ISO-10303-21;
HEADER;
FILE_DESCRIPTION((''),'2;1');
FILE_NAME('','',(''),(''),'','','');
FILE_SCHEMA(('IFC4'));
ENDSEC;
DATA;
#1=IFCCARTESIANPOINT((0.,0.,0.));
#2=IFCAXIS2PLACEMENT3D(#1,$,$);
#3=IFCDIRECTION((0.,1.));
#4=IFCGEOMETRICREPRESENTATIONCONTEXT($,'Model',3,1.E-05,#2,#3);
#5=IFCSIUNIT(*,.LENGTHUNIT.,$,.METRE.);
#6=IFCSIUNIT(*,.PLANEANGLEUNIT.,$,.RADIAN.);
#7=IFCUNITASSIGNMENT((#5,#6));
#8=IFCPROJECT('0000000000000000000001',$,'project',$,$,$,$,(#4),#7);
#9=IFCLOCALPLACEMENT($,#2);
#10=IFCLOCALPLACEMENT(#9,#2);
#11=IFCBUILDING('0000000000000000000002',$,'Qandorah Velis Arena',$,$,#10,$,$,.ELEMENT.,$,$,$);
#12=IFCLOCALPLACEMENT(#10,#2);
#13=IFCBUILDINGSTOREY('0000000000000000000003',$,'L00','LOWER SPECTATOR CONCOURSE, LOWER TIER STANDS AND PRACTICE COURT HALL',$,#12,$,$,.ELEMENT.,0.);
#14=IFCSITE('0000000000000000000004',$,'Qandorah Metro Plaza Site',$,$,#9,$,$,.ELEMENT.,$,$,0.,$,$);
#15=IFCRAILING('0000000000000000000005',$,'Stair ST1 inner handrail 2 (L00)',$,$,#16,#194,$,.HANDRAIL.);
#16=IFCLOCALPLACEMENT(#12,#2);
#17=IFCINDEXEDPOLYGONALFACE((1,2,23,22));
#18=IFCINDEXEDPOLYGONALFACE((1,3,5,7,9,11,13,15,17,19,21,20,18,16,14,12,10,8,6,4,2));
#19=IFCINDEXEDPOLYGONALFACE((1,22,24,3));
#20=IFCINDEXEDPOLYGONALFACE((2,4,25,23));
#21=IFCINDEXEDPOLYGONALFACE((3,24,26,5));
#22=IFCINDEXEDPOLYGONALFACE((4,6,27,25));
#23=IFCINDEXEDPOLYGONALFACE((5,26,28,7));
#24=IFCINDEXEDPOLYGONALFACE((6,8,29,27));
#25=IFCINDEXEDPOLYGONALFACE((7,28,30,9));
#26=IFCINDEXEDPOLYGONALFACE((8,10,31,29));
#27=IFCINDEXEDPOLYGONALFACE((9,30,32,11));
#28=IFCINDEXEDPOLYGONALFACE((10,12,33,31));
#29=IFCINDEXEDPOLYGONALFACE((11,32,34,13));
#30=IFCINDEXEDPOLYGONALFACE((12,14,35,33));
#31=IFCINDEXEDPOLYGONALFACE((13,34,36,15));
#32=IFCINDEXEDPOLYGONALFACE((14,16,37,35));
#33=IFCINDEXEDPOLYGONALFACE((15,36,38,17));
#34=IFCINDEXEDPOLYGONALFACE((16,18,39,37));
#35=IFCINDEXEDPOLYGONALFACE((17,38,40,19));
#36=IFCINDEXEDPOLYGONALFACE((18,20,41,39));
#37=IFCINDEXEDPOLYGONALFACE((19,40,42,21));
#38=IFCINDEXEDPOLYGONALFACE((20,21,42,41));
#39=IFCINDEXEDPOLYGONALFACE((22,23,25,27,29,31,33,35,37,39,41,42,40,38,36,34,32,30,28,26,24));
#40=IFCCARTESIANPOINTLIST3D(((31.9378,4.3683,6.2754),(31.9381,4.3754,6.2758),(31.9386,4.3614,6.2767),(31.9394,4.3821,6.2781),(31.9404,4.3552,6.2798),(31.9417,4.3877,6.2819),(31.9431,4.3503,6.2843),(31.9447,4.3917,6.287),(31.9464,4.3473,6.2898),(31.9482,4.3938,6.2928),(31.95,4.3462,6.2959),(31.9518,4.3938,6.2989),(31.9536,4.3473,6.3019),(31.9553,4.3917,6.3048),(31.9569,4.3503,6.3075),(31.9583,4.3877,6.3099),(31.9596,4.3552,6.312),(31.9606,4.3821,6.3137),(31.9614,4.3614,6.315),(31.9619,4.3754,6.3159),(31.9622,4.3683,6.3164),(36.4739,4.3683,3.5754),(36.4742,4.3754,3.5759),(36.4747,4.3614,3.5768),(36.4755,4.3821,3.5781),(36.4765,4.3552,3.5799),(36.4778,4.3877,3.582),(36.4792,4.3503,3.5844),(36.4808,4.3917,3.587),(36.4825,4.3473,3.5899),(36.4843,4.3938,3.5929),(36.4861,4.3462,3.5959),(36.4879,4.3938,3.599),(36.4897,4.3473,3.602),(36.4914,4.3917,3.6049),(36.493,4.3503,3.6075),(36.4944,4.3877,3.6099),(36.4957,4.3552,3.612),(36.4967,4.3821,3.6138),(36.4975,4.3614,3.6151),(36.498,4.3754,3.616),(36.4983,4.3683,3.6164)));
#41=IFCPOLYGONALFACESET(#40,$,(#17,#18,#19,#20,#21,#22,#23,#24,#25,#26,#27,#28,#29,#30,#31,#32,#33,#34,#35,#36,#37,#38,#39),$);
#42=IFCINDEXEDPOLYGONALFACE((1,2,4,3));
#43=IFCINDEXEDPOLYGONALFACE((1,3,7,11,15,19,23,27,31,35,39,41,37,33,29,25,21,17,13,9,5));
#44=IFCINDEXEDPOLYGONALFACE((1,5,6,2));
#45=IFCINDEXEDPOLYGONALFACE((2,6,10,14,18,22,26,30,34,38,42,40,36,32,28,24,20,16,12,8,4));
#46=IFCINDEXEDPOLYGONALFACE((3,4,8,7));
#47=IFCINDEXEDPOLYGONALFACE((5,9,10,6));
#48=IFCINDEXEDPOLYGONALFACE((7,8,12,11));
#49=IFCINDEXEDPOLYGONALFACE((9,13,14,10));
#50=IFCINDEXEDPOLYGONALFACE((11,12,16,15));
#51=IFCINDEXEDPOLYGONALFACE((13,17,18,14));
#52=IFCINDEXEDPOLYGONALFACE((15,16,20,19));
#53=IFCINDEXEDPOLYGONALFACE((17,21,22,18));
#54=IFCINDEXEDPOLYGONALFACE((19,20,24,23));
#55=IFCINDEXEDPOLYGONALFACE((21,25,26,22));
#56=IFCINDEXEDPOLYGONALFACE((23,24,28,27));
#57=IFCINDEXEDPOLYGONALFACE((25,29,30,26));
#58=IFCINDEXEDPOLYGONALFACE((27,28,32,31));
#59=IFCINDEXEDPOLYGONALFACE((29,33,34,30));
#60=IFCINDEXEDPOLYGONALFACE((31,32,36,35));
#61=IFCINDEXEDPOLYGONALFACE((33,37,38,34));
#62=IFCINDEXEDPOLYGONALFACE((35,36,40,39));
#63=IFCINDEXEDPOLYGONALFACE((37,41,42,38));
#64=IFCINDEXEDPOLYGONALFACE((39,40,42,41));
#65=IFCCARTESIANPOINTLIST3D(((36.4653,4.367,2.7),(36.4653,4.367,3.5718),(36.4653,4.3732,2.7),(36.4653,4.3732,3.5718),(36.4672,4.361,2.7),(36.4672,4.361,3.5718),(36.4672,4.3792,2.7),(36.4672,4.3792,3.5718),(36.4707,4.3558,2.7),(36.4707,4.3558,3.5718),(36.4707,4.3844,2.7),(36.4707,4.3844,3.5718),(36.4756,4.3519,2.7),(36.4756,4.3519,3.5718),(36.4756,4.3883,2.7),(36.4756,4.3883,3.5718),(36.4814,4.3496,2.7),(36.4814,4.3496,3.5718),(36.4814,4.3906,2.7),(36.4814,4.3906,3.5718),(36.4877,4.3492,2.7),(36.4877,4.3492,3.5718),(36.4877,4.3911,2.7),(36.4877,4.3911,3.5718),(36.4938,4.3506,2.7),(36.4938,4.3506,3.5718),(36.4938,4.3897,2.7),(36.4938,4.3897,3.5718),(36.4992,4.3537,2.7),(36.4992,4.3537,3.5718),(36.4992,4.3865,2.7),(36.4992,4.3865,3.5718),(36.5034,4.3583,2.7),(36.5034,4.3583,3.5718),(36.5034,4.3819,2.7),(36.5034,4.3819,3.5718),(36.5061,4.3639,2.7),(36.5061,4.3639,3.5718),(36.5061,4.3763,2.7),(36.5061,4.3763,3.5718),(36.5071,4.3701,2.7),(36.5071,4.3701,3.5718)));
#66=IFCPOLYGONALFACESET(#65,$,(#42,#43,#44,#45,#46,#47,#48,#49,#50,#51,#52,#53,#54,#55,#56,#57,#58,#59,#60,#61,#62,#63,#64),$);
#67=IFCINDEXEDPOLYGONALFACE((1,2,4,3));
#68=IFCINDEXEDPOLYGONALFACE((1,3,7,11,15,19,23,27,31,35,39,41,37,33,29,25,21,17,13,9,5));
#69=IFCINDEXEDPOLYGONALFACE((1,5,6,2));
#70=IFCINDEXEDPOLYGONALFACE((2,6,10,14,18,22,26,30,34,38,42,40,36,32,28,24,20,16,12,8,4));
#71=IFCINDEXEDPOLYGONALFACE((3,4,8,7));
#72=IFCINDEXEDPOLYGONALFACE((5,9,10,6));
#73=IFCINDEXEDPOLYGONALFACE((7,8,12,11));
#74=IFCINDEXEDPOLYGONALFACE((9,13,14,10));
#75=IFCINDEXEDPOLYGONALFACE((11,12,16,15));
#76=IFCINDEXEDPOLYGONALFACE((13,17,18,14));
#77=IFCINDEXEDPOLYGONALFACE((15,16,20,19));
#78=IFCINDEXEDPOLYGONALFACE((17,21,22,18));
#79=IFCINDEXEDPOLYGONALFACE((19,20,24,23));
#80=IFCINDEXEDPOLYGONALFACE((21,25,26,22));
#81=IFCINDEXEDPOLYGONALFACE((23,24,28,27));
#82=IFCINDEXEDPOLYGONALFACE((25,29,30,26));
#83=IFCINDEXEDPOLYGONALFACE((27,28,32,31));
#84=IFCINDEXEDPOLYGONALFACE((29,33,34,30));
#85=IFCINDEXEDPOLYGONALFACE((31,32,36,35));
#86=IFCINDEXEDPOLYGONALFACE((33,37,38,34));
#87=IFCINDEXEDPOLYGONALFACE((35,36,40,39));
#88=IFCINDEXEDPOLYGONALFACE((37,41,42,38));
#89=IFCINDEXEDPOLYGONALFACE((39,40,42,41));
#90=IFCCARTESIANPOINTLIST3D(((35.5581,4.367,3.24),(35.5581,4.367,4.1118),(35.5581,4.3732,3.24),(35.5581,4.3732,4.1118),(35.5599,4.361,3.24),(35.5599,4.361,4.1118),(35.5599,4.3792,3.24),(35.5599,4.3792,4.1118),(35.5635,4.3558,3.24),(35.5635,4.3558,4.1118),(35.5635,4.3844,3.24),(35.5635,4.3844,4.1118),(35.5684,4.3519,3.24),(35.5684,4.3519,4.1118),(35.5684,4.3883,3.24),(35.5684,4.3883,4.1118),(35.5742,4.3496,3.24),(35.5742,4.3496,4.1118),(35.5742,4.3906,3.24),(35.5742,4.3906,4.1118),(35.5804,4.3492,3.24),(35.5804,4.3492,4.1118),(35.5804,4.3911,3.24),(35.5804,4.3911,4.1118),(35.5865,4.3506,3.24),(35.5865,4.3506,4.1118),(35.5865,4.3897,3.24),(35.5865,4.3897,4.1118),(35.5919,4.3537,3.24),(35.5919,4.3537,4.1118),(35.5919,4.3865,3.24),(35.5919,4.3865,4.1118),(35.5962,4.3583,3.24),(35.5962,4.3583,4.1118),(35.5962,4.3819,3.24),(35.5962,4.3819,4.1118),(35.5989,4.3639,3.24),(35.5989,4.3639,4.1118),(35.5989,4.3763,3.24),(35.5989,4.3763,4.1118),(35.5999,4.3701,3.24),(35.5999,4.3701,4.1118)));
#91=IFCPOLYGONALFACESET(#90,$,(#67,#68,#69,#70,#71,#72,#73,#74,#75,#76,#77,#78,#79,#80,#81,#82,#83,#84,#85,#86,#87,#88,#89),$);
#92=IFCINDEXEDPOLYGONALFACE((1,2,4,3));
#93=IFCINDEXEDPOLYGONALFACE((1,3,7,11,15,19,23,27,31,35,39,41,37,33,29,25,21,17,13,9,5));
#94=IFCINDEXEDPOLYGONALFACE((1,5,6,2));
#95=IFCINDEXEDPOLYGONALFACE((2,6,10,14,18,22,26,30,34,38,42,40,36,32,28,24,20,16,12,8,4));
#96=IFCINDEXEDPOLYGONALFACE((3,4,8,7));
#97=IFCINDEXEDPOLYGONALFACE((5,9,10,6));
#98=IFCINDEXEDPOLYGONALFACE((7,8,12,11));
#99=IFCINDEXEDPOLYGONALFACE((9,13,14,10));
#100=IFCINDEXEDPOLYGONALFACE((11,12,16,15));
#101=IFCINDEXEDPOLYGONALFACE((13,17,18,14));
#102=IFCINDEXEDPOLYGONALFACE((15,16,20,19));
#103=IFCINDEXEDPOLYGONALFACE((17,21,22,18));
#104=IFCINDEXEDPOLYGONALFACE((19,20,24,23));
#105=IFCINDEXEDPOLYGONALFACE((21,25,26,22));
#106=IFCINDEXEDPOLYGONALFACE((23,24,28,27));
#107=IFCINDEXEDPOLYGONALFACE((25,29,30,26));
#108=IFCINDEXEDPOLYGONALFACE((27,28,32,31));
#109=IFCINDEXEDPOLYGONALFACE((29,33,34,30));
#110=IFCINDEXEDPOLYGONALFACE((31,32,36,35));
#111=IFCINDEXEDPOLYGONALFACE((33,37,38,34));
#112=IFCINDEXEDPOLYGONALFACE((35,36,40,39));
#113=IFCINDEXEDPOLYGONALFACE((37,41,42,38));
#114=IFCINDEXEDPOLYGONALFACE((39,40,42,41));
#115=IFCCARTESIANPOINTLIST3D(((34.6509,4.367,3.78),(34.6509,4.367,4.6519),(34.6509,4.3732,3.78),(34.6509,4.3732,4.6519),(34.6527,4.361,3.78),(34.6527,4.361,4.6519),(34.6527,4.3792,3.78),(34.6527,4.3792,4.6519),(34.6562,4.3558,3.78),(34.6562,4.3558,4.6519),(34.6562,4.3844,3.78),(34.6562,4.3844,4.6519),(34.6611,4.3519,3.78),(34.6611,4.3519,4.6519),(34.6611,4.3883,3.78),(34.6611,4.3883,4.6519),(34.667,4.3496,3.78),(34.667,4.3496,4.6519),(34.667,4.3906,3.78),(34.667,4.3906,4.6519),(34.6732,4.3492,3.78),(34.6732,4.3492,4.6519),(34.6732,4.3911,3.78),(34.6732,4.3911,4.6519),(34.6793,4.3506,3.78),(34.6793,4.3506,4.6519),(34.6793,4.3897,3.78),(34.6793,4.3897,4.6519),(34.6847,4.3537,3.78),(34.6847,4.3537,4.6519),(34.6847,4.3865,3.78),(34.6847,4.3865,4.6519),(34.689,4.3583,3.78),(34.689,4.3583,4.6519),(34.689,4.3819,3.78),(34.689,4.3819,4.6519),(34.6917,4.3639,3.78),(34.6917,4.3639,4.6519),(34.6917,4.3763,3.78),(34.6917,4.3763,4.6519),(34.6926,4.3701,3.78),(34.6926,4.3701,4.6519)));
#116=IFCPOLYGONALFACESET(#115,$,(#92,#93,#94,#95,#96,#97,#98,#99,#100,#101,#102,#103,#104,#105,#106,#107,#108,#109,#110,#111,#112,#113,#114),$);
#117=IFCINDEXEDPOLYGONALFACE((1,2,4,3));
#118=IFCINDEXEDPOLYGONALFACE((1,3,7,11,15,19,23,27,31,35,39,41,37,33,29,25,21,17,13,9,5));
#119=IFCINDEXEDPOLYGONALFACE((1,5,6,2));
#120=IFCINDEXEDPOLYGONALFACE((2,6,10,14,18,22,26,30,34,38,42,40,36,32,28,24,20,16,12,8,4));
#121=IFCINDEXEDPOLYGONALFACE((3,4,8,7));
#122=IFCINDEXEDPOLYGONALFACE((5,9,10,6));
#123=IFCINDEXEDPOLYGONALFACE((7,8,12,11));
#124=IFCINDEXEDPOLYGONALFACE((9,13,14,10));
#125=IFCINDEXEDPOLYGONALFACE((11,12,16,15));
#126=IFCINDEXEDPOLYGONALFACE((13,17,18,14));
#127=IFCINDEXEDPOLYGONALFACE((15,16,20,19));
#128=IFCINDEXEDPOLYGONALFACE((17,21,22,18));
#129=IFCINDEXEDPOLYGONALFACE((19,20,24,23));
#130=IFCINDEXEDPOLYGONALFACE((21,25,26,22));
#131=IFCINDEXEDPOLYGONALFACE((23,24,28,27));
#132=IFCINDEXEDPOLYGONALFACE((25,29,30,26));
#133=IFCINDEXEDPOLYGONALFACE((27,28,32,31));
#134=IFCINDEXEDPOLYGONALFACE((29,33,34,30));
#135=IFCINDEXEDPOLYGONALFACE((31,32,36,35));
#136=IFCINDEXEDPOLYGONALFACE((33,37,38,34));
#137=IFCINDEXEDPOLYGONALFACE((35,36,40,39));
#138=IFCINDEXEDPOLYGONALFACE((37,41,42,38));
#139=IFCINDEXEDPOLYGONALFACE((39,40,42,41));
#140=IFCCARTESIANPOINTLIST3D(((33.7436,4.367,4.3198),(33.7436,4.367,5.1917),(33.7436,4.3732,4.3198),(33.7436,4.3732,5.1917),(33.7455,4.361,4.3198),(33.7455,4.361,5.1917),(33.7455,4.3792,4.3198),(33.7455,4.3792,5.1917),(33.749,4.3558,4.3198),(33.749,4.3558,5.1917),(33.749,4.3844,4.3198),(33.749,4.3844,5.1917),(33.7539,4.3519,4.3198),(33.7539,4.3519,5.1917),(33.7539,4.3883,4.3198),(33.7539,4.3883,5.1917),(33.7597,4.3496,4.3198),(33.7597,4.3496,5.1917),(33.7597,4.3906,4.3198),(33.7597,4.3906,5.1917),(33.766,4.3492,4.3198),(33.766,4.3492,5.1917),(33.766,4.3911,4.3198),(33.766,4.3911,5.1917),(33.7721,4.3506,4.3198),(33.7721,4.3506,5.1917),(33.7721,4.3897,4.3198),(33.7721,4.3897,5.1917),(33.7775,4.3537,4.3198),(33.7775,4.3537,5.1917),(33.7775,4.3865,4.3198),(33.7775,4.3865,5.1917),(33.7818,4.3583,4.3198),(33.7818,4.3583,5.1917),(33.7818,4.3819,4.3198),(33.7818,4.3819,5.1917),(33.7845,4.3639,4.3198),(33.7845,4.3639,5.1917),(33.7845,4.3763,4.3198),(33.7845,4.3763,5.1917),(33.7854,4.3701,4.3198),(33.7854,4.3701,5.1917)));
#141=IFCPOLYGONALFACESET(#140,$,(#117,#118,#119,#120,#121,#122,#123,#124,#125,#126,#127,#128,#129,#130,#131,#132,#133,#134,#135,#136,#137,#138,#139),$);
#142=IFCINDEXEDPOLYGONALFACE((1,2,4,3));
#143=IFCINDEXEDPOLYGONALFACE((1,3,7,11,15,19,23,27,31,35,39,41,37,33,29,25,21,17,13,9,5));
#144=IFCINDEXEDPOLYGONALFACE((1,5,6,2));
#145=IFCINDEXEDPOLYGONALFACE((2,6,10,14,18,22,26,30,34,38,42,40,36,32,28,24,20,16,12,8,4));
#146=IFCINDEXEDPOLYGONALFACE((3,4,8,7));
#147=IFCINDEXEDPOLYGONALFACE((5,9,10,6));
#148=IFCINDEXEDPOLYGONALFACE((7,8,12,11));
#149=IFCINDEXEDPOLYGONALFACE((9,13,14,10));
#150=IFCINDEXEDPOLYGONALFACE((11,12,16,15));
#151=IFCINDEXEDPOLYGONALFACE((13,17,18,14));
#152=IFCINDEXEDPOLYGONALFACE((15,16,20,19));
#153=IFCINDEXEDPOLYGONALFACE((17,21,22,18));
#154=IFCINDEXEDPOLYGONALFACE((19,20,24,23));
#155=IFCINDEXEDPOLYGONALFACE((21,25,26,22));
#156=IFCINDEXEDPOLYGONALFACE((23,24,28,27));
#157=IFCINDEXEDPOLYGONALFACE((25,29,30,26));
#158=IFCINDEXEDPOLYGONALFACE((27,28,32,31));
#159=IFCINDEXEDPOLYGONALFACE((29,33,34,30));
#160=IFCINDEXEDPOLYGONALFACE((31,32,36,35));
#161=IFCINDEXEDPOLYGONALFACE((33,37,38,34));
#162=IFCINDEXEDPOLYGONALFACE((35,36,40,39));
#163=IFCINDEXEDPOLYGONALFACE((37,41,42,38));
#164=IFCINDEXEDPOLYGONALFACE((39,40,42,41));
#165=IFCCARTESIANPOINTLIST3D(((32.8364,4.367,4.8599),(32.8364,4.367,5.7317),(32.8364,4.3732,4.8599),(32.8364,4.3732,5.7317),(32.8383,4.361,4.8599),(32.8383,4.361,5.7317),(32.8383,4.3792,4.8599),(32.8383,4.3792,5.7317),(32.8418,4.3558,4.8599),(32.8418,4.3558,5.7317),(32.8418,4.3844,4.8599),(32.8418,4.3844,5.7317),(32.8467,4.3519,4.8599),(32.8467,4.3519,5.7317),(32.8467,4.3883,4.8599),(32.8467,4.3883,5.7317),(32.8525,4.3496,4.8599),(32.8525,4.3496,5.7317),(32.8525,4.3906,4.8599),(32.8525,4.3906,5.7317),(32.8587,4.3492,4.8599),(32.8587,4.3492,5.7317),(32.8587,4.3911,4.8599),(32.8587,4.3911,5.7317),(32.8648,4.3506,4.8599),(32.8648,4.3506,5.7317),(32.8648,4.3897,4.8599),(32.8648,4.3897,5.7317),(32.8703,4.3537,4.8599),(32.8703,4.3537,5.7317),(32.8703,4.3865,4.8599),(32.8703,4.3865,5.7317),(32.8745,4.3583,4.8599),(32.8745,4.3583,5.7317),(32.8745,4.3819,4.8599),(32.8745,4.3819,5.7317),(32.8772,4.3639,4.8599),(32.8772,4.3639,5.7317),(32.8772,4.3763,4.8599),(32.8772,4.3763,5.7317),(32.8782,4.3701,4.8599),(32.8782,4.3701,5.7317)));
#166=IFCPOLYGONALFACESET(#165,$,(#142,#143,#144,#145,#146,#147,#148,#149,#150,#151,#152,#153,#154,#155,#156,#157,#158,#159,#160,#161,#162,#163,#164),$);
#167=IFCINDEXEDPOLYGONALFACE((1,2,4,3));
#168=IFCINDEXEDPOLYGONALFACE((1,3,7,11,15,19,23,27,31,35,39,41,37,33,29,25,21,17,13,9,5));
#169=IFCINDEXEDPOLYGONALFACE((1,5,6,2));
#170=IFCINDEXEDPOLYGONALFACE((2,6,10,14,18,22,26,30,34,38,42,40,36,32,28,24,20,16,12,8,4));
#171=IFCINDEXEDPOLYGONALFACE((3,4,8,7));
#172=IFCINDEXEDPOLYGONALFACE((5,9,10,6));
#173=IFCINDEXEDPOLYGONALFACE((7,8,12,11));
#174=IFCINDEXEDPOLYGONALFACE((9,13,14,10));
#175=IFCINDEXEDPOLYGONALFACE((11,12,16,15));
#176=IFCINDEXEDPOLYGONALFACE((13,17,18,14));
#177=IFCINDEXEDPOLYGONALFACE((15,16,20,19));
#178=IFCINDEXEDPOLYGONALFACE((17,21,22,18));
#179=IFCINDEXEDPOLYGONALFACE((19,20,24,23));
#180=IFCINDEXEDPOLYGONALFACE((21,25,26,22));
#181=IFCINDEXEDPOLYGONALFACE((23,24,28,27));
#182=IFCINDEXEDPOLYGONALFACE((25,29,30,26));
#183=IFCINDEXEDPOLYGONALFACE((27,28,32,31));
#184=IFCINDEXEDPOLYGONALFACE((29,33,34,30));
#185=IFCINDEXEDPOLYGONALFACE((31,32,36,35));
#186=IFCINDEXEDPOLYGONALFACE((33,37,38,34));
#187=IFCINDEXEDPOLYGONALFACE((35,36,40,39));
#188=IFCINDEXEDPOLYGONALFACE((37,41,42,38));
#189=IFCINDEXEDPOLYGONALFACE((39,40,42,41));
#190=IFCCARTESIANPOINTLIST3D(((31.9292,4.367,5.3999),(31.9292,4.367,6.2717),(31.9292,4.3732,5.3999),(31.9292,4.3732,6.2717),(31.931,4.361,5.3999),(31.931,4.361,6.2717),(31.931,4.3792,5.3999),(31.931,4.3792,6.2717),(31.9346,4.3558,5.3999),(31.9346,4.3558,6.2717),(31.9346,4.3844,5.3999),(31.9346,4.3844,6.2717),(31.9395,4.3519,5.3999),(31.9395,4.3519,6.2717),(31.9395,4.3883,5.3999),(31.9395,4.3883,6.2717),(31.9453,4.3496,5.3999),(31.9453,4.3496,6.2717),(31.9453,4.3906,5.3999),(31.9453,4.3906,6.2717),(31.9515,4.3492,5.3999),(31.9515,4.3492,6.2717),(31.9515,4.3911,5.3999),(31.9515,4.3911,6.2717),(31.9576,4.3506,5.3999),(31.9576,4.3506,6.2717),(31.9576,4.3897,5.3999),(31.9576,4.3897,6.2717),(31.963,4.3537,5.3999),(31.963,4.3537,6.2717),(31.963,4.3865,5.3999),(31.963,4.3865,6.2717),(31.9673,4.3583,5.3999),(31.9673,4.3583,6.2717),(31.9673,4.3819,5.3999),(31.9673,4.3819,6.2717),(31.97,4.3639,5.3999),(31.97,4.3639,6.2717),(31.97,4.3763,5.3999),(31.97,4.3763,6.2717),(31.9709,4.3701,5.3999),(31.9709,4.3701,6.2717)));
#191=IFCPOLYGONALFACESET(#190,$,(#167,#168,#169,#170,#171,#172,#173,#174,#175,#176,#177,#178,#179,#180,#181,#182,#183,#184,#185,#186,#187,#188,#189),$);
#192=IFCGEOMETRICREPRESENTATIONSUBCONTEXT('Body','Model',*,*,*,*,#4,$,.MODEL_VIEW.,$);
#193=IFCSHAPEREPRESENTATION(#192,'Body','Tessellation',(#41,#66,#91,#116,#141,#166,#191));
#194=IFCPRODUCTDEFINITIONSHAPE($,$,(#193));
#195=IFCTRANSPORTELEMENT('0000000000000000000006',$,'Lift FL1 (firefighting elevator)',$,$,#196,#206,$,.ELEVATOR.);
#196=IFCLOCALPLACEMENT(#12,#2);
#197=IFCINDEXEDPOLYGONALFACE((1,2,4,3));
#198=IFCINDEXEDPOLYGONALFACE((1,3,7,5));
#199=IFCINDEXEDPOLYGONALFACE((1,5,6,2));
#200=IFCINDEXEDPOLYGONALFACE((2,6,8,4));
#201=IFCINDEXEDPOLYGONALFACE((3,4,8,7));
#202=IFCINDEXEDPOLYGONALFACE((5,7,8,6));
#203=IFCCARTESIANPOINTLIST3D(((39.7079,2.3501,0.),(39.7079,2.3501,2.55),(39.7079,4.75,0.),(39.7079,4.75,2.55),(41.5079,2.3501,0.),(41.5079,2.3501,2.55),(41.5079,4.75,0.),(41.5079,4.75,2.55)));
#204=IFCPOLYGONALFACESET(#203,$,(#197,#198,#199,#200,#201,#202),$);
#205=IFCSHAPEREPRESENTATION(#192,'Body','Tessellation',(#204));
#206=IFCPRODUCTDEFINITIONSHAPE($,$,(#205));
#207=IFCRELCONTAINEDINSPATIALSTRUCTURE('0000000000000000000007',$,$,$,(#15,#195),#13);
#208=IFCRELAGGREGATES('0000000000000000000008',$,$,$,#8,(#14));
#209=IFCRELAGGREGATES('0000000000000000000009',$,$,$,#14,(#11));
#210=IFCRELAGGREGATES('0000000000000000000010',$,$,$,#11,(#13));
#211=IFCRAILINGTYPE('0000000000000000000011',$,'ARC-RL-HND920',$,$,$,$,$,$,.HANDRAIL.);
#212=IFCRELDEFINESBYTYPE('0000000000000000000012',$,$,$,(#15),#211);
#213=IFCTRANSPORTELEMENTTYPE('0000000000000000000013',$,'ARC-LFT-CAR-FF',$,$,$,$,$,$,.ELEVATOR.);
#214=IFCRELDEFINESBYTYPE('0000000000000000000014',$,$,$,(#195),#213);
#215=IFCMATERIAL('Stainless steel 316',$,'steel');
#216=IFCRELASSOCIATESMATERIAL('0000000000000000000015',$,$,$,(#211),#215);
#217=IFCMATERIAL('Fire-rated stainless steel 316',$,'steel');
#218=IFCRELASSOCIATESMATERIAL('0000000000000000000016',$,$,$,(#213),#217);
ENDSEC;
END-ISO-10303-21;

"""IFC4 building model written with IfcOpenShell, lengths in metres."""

from ifc_helpers import new_model, si_unit, direction, frame, origin, origin_2d, place, context, subcontext, project, spatial, rectangle, circle, extrude, material, type_object, element, save


model = new_model("IFC4")

# Units and contexts
model_context = context("Model", 3, precision=1e-05, world=origin(), true_north=direction((0.0, 1.0)))
body_context = subcontext(model_context, "Body", "Model", "MODEL_VIEW")
ifc_project = project(units=[si_unit("LENGTHUNIT", "METRE"), si_unit("PLANEANGLEUNIT", "RADIAN")], contexts=[model_context])

# Site, building, storey
site_placement = place(None, origin())
site = spatial("IfcSite", under=ifc_project, at=site_placement, Name="Qandorah Metro Plaza Site", CompositionType="ELEMENT", RefElevation=0.0)
building_placement = place(site_placement, origin())
building = spatial("IfcBuilding", under=site, at=building_placement, Name="Qandorah Velis Arena", CompositionType="ELEMENT")
storey_placement = place(building_placement, origin())
storey = spatial("IfcBuildingStorey", under=building, at=storey_placement, Name="L00", Description="LOWER SPECTATOR CONCOURSE, LOWER TIER STANDS AND PRACTICE COURT HALL", CompositionType="ELEMENT", Elevation=0.0)

# Railing
ifc_material_1 = material(Name="Stainless steel 316", Category="steel")
railing_type_1 = type_object("IfcRailingType", Name="ARC-RL-HND920", PredefinedType="HANDRAIL", material=ifc_material_1)
railing_1_placement = place(storey_placement, frame((36.4861, 4.3701, 2.7)))
element("IfcRailing", 1, at=railing_1_placement, inside=storey, type_object=railing_type_1, Name="Stair ST1 inner handrail 2 (L00)", PredefinedType="HANDRAIL", context=body_context, shape_type="SweptSolid", body=[
    extrude(circle(Radius=0.0239, at=origin_2d()), frame((0.0, 0.0, 0.896), z_axis=(-0.859304, 0.0, 0.511466), x_axis=(0.0, -1.0, 0.0)), (0.0, 0.0, 1.0), 5.2788),
    extrude(circle(Radius=0.021, at=origin_2d()), origin(), (0.0, 0.0, 1.0), 0.8718),
    extrude(circle(Radius=0.021, at=origin_2d()), frame((-0.9072, 0.0, 0.54)), (0.0, 0.0, 1.0), 0.8718),
    extrude(circle(Radius=0.021, at=origin_2d()), frame((-1.8145, 0.0, 1.0801)), (0.0, 0.0, 1.0), 0.8718),
    extrude(circle(Radius=0.021, at=origin_2d()), frame((-2.7217, 0.0, 1.6199)), (0.0, 0.0, 1.0), 0.8718),
    extrude(circle(Radius=0.021, at=origin_2d()), frame((-3.6289, 0.0, 2.1599)), (0.0, 0.0, 1.0), 0.8718),
    extrude(circle(Radius=0.021, at=origin_2d()), frame((-4.5361, 0.0, 2.7)), (0.0, 0.0, 1.0), 0.8718),
])

# Transport element
ifc_material_2 = material(Name="Fire-rated stainless steel 316", Category="steel")
transport_element_type = type_object("IfcTransportElementType", Name="ARC-LFT-CAR-FF", PredefinedType="ELEVATOR", material=ifc_material_2)
transport_element_placement = place(storey_placement, frame((40.6079, 3.55, 0.0), z_axis=(0.0, 0.0, 1.0), x_axis=(1.0, 0.0, 0.0)))
element("IfcTransportElement", 2, at=transport_element_placement, inside=storey, type_object=transport_element_type, Name="Lift FL1 (firefighting elevator)", PredefinedType="ELEVATOR", context=body_context, shape_type="SweptSolid", body=[
    extrude(rectangle(XDim=1.8, YDim=2.3999, at=origin_2d()), origin(), (0.0, 0.0, 1.0), 2.55),
])

save(model, "model.ifc")
